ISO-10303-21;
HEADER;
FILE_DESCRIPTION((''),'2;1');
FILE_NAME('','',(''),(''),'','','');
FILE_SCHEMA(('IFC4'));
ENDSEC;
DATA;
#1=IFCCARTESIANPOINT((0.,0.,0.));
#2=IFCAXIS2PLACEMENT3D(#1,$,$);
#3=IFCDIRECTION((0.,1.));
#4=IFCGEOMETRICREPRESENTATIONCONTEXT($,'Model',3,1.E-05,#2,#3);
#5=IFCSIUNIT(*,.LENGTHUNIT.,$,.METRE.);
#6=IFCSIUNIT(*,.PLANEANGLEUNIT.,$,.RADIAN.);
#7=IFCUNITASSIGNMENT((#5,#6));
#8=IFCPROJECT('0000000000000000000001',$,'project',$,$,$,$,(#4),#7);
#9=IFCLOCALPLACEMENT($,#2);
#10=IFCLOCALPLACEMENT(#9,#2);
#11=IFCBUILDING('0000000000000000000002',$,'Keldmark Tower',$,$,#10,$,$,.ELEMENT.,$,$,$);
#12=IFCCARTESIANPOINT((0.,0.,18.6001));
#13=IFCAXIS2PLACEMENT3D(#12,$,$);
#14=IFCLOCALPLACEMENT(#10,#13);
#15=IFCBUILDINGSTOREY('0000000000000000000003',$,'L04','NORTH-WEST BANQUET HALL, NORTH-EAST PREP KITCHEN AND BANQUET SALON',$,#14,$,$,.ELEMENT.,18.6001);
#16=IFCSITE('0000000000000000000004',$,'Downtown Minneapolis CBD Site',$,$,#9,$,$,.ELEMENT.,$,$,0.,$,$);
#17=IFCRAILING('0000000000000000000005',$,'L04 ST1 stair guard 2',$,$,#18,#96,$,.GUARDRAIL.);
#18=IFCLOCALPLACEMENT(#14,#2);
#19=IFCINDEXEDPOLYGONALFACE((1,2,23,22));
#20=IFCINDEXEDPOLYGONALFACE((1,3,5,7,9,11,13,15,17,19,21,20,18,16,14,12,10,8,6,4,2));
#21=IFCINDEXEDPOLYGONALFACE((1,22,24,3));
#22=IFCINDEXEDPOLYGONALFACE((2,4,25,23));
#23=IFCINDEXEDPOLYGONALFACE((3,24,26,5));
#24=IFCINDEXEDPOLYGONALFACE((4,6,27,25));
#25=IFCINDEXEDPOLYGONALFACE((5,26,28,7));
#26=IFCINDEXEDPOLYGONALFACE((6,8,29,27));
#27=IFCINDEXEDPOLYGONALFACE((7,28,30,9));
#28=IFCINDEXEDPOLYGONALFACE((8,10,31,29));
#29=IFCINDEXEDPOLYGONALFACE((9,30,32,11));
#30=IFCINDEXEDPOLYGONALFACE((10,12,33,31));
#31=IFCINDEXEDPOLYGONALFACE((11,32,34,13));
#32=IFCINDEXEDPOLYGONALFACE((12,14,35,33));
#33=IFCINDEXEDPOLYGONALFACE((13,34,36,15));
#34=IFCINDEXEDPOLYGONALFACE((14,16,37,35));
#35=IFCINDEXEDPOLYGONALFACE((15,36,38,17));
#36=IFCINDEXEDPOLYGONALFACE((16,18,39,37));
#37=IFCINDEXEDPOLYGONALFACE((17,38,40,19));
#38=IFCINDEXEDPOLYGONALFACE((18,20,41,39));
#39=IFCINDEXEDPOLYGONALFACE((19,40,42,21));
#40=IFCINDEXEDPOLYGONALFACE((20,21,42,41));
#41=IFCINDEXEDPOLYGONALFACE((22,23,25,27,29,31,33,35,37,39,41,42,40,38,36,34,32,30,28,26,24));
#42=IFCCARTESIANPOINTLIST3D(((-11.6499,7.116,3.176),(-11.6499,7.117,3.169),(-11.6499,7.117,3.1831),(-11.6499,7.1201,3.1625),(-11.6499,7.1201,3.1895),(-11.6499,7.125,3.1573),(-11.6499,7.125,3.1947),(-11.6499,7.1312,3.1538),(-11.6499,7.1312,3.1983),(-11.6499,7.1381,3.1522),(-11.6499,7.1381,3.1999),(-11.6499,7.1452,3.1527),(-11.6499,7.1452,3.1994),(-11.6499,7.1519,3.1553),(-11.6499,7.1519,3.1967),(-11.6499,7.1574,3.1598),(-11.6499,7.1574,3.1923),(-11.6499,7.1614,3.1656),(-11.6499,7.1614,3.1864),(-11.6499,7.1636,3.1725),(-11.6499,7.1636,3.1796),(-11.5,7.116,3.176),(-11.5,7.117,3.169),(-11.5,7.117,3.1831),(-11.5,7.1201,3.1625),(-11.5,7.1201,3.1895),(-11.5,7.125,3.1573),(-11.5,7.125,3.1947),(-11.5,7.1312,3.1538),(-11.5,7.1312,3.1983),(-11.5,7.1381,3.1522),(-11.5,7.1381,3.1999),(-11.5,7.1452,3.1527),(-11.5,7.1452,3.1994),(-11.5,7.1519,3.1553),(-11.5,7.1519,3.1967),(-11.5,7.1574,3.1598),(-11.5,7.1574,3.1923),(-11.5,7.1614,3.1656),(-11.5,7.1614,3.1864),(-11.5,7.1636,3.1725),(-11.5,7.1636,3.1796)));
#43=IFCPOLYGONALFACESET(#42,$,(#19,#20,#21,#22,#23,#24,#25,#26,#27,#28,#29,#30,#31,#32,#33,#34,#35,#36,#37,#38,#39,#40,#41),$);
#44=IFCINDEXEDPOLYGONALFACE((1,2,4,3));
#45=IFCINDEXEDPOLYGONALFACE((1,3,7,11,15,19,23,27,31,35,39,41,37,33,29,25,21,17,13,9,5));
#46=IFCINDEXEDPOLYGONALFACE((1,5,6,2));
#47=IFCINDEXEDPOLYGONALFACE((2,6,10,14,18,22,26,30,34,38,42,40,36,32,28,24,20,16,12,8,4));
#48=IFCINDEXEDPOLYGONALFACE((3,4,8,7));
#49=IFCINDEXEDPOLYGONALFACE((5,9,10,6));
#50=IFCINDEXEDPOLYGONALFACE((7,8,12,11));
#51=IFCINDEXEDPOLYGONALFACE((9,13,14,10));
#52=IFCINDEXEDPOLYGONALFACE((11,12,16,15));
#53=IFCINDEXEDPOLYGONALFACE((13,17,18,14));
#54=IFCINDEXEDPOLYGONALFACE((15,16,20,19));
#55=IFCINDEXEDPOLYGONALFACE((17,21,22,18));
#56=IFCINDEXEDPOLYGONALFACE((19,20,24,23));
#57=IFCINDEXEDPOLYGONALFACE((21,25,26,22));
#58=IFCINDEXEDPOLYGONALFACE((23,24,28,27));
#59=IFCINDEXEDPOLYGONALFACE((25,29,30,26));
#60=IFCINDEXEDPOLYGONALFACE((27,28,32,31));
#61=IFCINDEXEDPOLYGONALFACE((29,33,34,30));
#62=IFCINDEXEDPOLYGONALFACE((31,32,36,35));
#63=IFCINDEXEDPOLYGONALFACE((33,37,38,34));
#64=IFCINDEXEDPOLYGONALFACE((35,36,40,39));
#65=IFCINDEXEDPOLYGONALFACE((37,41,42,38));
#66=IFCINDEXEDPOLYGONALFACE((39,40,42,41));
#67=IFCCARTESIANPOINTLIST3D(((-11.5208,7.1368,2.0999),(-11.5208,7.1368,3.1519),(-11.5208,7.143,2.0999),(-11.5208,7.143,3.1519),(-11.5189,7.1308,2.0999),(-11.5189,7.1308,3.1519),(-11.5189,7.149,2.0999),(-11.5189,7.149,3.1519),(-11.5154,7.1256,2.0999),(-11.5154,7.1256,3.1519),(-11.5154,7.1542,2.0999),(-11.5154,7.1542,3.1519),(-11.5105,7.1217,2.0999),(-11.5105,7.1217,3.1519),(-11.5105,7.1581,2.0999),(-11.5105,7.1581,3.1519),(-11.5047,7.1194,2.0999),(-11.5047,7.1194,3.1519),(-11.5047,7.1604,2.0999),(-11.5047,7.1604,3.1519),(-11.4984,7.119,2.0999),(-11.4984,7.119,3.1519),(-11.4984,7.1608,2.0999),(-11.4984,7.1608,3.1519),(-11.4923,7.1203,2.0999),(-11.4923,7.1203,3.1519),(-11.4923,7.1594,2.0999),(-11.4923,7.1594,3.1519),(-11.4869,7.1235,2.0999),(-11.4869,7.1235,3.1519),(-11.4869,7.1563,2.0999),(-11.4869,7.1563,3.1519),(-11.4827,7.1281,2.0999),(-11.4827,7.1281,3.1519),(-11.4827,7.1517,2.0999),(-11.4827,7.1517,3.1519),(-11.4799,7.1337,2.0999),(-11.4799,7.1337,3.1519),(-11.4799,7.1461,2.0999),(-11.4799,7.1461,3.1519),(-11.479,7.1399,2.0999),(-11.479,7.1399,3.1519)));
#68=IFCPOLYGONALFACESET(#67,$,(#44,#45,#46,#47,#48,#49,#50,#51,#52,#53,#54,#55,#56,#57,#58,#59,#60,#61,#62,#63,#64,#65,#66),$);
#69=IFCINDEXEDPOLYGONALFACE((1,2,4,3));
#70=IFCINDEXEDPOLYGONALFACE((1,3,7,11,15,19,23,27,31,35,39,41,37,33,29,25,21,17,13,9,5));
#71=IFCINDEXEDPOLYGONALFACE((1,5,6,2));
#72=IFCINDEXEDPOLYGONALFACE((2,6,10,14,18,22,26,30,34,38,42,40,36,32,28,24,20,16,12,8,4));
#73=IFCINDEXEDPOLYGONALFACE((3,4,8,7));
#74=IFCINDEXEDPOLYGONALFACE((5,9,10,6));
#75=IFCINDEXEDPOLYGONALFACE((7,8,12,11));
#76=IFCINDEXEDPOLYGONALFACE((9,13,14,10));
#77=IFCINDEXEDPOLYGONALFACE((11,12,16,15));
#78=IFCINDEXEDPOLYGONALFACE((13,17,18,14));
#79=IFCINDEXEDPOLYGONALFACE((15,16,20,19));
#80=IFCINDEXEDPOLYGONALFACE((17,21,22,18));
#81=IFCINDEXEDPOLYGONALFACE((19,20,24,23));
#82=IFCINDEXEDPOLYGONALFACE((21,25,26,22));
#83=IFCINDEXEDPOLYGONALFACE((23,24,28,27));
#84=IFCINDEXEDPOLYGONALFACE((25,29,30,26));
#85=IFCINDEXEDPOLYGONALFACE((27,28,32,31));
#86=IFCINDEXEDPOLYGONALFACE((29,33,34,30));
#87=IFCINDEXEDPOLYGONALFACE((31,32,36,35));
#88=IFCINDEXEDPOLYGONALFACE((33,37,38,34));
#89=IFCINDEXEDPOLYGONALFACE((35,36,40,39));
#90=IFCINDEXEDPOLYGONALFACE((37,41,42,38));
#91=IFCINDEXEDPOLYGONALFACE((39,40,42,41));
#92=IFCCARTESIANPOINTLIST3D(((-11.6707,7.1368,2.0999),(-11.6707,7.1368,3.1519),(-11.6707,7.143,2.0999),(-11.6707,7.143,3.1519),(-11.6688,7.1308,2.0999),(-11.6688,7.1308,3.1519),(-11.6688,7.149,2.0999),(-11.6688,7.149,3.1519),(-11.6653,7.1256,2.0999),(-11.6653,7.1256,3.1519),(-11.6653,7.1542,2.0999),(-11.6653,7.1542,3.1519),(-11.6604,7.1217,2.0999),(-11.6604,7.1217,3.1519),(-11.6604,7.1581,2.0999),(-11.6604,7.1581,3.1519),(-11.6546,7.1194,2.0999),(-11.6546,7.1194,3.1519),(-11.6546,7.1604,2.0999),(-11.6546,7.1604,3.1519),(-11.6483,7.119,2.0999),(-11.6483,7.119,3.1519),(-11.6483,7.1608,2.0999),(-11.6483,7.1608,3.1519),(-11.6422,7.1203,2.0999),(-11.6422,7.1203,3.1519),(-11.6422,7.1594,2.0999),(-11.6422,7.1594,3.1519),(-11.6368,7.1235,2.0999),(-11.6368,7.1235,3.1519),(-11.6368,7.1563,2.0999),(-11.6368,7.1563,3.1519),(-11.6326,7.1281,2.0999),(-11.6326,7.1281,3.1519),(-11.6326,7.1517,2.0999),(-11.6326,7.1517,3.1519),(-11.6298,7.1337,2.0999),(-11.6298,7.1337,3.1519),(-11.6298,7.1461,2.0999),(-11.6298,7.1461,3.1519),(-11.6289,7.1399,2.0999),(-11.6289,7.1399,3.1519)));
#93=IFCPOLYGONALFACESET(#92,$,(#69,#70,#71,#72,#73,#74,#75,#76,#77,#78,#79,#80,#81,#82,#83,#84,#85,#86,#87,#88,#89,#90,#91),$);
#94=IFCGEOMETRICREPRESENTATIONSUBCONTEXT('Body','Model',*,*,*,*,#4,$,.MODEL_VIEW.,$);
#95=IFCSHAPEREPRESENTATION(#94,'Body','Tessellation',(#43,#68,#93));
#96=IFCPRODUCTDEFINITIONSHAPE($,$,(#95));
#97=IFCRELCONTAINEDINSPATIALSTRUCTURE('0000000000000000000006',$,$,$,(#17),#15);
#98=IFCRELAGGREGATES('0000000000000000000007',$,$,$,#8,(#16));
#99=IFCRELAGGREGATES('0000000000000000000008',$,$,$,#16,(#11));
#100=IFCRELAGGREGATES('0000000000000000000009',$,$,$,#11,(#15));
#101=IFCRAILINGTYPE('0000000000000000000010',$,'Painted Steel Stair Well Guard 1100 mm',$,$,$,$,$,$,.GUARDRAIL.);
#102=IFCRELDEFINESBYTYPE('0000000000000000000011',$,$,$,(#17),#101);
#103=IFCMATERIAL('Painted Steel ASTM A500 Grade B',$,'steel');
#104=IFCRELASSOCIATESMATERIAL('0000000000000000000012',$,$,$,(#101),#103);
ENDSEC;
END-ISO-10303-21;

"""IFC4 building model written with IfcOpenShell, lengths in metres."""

from ifc_helpers import new_model, si_unit, direction, frame, origin, origin_2d, place, context, subcontext, project, spatial, circle, extrude, material, type_object, element, save


model = new_model("IFC4")

# Units and contexts
model_context = context("Model", 3, precision=1e-05, world=origin(), true_north=direction((0.0, 1.0)))
body_context = subcontext(model_context, "Body", "Model", "MODEL_VIEW")
ifc_project = project(units=[si_unit("LENGTHUNIT", "METRE"), si_unit("PLANEANGLEUNIT", "RADIAN")], contexts=[model_context])

# Site, building, storey
site_placement = place(None, origin())
site = spatial("IfcSite", under=ifc_project, at=site_placement, Name="Downtown Minneapolis CBD Site", CompositionType="ELEMENT", RefElevation=0.0)
building_placement = place(site_placement, origin())
building = spatial("IfcBuilding", under=site, at=building_placement, Name="Keldmark Tower", CompositionType="ELEMENT")
storey_placement = place(building_placement, frame((0.0, 0.0, 18.6001)))
storey = spatial("IfcBuildingStorey", under=building, at=storey_placement, Name="L04", Description="NORTH-WEST BANQUET HALL, NORTH-EAST PREP KITCHEN AND BANQUET SALON", CompositionType="ELEMENT", Elevation=18.6001)

# Railing
ifc_material_1 = material(Name="Painted Steel ASTM A500 Grade B", Category="steel")
railing_type_1 = type_object("IfcRailingType", Name="Painted Steel Stair Well Guard 1100 mm", PredefinedType="GUARDRAIL", material=ifc_material_1)
railing_1_placement = place(storey_placement, frame((-11.5, 7.1399, 2.0999)))
element("IfcRailing", 1, at=railing_1_placement, inside=storey, type_object=railing_type_1, Name="L04 ST1 stair guard 2", PredefinedType="GUARDRAIL", context=body_context, shape_type="SweptSolid", body=[
    extrude(circle(Radius=0.0239, at=origin_2d()), frame((0.0, 0.0, 1.0762), z_axis=(-1.0, 0.0, 0.0), x_axis=(0.0, -1.0, 0.0)), (0.0, 0.0, 1.0), 0.1499),
    extrude(circle(Radius=0.021, at=origin_2d()), origin(), (0.0, 0.0, 1.0), 1.052),
    extrude(circle(Radius=0.021, at=origin_2d()), frame((-0.1499, 0.0, 0.0)), (0.0, 0.0, 1.0), 1.052),
])

save(model, "model.ifc")
